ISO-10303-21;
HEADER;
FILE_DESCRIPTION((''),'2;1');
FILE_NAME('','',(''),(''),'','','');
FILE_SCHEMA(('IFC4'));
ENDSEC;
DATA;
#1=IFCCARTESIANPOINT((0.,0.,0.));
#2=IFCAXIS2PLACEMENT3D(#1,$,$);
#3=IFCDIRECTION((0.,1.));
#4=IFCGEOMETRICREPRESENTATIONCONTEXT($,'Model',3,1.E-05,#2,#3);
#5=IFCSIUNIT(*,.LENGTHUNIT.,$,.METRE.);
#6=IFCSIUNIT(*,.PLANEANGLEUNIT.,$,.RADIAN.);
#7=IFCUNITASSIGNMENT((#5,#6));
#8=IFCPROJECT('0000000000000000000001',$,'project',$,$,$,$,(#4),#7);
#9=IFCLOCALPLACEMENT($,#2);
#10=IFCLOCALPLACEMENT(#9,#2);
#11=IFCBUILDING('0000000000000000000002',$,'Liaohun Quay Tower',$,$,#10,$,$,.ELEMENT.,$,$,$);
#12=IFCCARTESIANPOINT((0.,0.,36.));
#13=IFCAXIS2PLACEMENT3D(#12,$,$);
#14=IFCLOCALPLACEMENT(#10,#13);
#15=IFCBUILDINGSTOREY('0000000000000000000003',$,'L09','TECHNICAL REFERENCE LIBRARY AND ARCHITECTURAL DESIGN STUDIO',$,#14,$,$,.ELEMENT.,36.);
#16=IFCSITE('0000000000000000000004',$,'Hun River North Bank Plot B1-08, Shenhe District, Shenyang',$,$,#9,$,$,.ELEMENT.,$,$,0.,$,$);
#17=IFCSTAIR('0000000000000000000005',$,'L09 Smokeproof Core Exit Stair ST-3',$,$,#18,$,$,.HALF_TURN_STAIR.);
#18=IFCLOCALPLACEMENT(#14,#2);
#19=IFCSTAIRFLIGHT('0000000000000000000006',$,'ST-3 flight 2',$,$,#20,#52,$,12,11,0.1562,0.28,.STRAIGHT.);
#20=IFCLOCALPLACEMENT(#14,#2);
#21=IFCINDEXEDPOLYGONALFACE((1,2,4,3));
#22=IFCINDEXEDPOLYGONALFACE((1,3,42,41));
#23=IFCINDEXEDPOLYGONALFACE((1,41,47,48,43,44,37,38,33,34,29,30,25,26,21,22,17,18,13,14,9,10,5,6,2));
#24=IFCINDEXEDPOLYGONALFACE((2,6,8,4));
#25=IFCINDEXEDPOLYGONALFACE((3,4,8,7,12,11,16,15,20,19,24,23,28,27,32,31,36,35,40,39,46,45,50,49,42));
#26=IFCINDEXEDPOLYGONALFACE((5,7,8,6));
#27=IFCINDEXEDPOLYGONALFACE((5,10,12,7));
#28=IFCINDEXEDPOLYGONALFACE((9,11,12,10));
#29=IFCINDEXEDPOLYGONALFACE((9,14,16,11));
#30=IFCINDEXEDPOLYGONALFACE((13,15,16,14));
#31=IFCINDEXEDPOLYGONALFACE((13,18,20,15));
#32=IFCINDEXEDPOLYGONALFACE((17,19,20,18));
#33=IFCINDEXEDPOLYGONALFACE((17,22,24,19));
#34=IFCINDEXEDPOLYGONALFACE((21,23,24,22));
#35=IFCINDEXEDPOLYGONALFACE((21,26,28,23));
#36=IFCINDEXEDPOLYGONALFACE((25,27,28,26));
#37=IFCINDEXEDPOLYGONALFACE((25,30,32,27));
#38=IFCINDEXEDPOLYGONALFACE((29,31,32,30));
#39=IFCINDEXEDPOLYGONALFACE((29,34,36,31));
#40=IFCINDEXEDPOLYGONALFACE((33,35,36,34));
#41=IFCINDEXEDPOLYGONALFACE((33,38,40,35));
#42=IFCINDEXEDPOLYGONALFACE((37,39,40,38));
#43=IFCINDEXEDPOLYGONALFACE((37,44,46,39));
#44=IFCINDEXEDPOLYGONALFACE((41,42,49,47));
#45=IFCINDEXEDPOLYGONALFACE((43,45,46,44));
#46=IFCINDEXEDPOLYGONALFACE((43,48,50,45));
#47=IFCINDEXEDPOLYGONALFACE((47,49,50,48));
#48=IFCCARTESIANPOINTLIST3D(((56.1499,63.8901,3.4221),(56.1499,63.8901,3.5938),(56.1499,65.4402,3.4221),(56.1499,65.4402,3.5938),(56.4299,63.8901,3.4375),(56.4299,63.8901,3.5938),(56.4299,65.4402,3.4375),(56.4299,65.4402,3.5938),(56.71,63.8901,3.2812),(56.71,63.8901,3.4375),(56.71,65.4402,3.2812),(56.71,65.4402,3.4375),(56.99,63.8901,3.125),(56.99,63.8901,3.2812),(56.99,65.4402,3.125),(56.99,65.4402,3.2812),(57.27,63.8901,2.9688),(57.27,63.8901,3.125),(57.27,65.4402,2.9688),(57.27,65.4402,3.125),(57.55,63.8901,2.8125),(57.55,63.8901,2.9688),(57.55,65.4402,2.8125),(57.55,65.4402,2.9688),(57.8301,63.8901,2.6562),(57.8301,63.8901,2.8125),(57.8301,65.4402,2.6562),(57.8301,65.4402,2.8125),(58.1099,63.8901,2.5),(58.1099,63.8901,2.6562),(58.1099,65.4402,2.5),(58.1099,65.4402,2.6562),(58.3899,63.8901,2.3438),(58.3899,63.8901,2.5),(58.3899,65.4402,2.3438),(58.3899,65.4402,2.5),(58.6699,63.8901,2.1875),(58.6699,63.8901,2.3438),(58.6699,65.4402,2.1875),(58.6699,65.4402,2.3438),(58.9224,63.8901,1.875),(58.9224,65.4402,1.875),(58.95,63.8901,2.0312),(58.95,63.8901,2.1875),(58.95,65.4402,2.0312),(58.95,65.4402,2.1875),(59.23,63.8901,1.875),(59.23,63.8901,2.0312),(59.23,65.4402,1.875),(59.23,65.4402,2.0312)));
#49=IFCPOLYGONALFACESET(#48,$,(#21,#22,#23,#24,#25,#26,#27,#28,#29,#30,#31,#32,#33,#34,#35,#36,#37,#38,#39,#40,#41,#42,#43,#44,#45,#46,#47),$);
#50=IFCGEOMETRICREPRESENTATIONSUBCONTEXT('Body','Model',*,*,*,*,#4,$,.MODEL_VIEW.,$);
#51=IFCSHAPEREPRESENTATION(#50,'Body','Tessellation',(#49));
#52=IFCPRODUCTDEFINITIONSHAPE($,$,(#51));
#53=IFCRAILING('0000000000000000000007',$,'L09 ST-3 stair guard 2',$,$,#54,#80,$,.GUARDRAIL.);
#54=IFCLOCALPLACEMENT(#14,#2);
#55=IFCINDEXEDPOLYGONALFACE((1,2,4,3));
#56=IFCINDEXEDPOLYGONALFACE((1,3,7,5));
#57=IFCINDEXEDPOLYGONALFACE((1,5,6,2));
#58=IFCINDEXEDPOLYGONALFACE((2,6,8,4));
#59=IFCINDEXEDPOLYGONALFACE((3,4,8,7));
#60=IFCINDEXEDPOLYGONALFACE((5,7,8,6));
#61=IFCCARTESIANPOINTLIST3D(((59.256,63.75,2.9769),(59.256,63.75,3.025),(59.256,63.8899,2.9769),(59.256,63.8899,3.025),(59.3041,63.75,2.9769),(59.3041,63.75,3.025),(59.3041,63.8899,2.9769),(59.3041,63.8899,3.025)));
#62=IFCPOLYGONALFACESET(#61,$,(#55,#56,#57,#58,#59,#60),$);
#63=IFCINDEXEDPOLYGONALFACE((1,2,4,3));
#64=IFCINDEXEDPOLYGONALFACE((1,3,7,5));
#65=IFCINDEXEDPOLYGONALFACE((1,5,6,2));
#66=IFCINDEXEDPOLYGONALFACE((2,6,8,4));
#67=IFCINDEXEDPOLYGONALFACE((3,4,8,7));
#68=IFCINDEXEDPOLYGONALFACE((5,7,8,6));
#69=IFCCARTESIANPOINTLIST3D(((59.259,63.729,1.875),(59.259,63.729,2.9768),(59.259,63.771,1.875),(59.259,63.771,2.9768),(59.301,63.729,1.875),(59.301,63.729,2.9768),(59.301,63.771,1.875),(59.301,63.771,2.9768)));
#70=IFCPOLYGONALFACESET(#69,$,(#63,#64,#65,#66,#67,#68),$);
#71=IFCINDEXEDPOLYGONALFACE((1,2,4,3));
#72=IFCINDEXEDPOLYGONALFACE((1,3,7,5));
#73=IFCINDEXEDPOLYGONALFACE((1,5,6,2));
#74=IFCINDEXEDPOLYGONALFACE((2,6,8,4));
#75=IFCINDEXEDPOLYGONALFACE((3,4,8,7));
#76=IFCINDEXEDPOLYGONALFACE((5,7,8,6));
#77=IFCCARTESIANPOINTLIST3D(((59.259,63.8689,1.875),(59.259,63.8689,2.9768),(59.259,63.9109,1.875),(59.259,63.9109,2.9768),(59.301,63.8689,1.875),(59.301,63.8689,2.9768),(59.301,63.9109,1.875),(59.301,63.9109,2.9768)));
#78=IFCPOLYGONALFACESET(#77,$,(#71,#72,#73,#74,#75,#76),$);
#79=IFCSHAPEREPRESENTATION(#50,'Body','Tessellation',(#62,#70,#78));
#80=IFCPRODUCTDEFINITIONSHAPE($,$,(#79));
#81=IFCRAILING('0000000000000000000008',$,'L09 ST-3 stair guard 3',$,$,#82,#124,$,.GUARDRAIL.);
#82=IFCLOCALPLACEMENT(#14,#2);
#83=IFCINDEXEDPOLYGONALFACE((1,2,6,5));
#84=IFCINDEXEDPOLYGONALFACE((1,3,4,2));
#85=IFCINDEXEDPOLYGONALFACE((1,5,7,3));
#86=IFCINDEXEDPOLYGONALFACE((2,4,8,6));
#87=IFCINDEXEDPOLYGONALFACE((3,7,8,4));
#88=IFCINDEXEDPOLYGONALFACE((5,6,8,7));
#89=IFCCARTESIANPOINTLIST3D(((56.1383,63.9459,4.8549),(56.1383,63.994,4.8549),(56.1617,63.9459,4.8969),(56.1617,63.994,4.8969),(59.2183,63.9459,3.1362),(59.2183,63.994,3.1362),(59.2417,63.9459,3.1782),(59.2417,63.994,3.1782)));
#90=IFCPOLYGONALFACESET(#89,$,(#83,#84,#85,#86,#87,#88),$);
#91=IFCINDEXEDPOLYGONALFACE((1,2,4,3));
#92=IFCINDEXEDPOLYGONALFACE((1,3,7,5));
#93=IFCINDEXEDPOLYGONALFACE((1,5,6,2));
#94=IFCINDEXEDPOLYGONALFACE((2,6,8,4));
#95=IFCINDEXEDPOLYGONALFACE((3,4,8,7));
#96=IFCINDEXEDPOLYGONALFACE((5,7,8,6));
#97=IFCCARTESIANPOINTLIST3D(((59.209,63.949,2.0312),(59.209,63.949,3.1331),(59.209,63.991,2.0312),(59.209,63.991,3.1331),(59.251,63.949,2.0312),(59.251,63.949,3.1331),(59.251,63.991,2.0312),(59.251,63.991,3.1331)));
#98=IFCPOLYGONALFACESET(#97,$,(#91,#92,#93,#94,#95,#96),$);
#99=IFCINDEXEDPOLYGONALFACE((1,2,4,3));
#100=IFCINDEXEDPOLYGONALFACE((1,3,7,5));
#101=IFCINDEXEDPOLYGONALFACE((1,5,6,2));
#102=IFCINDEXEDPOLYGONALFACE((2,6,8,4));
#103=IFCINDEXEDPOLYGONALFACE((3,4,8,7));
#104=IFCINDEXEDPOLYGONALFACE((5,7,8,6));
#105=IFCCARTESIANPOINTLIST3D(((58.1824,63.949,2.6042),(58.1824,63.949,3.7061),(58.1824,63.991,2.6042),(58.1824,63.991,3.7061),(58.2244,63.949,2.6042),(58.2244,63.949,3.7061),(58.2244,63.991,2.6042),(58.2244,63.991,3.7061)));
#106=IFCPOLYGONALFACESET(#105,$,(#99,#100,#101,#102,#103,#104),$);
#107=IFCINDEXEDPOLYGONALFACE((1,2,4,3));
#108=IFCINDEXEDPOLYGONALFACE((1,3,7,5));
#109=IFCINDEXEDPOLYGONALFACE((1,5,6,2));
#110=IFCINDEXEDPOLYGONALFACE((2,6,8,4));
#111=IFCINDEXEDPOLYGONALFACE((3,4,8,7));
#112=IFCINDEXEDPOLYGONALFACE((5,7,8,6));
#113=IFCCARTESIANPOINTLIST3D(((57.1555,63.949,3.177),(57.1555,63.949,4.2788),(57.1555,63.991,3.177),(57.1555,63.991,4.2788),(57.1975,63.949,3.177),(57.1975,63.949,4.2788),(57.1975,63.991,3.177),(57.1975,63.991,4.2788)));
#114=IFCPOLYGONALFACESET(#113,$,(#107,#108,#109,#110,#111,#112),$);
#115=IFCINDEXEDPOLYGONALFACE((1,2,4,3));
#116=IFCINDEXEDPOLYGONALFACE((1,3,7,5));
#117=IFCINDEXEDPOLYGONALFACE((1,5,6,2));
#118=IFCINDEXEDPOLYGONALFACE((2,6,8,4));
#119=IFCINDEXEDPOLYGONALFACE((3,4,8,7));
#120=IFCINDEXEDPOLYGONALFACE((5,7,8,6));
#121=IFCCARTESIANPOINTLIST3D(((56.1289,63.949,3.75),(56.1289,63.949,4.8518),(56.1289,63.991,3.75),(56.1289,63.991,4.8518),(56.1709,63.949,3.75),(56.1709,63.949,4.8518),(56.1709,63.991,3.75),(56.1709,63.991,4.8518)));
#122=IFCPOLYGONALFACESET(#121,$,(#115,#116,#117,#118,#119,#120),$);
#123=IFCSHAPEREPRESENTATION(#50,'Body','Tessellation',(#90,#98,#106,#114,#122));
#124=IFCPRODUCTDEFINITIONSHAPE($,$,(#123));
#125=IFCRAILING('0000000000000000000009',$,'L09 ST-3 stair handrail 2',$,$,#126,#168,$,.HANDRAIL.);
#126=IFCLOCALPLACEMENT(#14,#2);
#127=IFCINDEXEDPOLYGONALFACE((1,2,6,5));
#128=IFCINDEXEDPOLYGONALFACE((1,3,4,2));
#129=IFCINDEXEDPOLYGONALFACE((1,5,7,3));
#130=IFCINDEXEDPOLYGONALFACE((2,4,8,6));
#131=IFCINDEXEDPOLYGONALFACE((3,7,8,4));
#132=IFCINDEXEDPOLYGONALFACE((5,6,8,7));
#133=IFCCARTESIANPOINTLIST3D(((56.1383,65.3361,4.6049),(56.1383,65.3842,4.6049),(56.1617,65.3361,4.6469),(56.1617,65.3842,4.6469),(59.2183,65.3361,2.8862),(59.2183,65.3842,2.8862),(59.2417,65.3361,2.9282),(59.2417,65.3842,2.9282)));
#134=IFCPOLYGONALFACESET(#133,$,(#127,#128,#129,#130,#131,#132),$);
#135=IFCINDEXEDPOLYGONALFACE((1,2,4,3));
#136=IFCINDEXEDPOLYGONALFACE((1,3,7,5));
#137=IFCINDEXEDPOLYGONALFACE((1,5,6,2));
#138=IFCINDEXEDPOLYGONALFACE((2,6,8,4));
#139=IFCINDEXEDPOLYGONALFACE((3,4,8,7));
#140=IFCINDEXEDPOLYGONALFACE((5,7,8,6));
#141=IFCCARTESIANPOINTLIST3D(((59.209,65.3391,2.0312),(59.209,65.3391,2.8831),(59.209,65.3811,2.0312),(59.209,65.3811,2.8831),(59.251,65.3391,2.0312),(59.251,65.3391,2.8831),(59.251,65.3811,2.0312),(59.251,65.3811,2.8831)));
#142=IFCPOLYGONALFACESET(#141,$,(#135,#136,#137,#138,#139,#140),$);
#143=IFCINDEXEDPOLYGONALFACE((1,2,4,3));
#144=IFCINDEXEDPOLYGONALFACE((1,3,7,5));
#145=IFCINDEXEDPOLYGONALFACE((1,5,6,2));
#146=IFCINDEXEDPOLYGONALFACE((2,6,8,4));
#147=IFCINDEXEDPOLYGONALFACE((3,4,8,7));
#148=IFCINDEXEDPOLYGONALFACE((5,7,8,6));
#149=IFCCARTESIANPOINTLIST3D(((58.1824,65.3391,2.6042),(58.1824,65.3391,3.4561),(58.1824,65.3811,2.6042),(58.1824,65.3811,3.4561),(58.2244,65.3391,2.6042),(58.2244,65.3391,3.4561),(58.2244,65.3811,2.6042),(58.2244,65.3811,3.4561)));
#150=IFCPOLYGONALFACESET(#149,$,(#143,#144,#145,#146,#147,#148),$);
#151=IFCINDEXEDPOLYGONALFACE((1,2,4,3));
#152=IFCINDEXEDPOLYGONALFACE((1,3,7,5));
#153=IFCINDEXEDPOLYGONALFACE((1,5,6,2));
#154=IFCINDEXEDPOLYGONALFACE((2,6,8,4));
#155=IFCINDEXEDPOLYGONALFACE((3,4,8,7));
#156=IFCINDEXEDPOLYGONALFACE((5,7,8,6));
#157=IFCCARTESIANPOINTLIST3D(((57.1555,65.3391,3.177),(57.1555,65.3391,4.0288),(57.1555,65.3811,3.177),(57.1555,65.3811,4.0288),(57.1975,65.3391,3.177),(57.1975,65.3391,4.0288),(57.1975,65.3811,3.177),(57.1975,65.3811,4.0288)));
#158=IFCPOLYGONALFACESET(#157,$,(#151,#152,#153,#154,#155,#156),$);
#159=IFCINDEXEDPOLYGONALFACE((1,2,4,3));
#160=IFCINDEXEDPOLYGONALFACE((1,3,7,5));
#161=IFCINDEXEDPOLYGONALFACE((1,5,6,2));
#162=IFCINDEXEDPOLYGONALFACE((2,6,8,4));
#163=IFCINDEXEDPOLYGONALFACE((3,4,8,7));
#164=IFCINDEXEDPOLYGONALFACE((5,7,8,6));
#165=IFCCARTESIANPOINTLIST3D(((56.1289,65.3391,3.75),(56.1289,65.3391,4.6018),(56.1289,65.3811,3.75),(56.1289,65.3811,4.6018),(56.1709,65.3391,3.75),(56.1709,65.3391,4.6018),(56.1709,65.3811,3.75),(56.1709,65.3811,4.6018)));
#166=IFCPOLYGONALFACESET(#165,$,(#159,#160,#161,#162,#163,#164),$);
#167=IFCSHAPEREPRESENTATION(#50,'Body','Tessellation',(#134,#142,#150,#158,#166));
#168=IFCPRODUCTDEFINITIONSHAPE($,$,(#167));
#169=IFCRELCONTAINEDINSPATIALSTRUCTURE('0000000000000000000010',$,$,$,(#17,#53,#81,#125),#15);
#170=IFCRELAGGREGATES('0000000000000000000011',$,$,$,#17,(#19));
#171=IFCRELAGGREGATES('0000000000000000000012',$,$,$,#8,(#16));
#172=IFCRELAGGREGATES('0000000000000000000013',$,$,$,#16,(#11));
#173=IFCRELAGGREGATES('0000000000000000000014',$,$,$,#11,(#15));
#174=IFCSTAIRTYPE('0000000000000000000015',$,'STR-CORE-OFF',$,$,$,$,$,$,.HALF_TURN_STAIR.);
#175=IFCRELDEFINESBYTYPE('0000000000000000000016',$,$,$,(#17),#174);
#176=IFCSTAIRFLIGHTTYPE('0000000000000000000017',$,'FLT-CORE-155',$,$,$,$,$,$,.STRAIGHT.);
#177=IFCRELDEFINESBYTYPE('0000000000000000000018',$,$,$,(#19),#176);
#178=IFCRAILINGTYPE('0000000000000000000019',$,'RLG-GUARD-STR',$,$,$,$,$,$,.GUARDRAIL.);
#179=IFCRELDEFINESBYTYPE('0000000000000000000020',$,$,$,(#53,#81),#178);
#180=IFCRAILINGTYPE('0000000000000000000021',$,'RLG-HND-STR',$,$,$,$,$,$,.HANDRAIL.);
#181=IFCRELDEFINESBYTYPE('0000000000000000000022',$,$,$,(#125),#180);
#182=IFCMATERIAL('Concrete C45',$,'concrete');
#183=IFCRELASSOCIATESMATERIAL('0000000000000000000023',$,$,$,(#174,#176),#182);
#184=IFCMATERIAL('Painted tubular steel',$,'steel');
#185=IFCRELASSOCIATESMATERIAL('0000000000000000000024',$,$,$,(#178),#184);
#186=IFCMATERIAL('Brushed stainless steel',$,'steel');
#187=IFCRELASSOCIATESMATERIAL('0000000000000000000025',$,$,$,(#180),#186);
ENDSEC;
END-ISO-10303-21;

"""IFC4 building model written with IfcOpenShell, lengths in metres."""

from ifc_helpers import new_model, si_unit, direction, frame, origin, origin_2d, place, context, subcontext, project, spatial, polyline, rectangle, outline, extrude, material, type_object, element, aggregate, save


model = new_model("IFC4")

# Units and contexts
model_context = context("Model", 3, precision=1e-05, world=origin(), true_north=direction((0.0, 1.0)))
body_context = subcontext(model_context, "Body", "Model", "MODEL_VIEW")
ifc_project = project(units=[si_unit("LENGTHUNIT", "METRE"), si_unit("PLANEANGLEUNIT", "RADIAN")], contexts=[model_context])

# Site, building, storey
site_placement = place(None, origin())
site = spatial("IfcSite", under=ifc_project, at=site_placement, Name="Hun River North Bank Plot B1-08, Shenhe District, Shenyang", CompositionType="ELEMENT", RefElevation=0.0)
building_placement = place(site_placement, origin())
building = spatial("IfcBuilding", under=site, at=building_placement, Name="Liaohun Quay Tower", CompositionType="ELEMENT")
storey_placement = place(building_placement, frame((0.0, 0.0, 36.0)))
storey = spatial("IfcBuildingStorey", under=building, at=storey_placement, Name="L09", Description="TECHNICAL REFERENCE LIBRARY AND ARCHITECTURAL DESIGN STUDIO", CompositionType="ELEMENT", Elevation=36.0)

# Stair, stair flight
ifc_material_1 = material(Name="Concrete C45", Category="concrete")
stair_type = type_object("IfcStairType", Name="STR-CORE-OFF", PredefinedType="HALF_TURN_STAIR", material=ifc_material_1)
stair_placement = place(storey_placement, origin())
stair = element("IfcStair", 1, at=stair_placement, inside=storey, type_object=stair_type, Name="L09 Smokeproof Core Exit Stair ST-3", PredefinedType="HALF_TURN_STAIR")
stair_flight_type = type_object("IfcStairFlightType", Name="FLT-CORE-155", PredefinedType="STRAIGHT", material=ifc_material_1)
stair_flight_placement = place(storey_placement, frame((59.23, 64.665, 1.875), z_axis=(0.0, 0.0, 1.0), x_axis=(-1.0, 0.0, 0.0)))
stair_flight = element("IfcStairFlight", 2, at=stair_flight_placement, type_object=stair_flight_type, Name="ST-3 flight 2", NumberOfRisers=12, NumberOfTreads=11, PredefinedType="STRAIGHT", RiserHeight=0.1562, TreadLength=0.28, context=body_context, shape_type="SweptSolid", body=[
    extrude(outline(polyline([(0.0, 0.0), (0.0, 0.1562), (0.28, 0.1562), (0.28, 0.3125), (0.5601, 0.3125), (0.5601, 0.4688), (0.8401, 0.4688), (0.8401, 0.625), (1.1201, 0.625), (1.1201, 0.7812), (1.3999, 0.7812), (1.3999, 0.9375), (1.6799, 0.9375), (1.6799, 1.0938), (1.96, 1.0938), (1.96, 1.25), (2.24, 1.25), (2.24, 1.4062), (2.52, 1.4062), (2.52, 1.5625), (2.8, 1.5625), (2.8, 1.7188), (3.0801, 1.7188), (3.0801, 1.875), (3.0801, 1.5471), (0.3076, 0.0), (0.0, 0.0)])), frame((0.0, 0.7749, 0.0), z_axis=(0.0, -1.0, 0.0), x_axis=(1.0, 0.0, 0.0)), (0.0, 0.0, 1.0), 1.55),
])
aggregate(stair, [stair_flight])

# Railings
ifc_material_2 = material(Name="Painted tubular steel", Category="steel")
railing_type_1 = type_object("IfcRailingType", Name="RLG-GUARD-STR", PredefinedType="GUARDRAIL", material=ifc_material_2)
railing_1_placement = place(storey_placement, frame((59.28, 63.75, 1.875)))
element("IfcRailing", 3, at=railing_1_placement, inside=storey, type_object=railing_type_1, Name="L09 ST-3 stair guard 2", PredefinedType="GUARDRAIL", context=body_context, shape_type="SweptSolid", body=[
    extrude(rectangle(XDim=0.0481, YDim=0.0481, at=origin_2d()), frame((0.0, 0.0, 1.126), z_axis=(0.0, 1.0, 0.0), x_axis=(-1.0, 0.0, 0.0)), (0.0, 0.0, 1.0), 0.1399),
    extrude(rectangle(XDim=0.042, YDim=0.042, at=origin_2d()), origin(), (0.0, 0.0, 1.0), 1.1018),
    extrude(rectangle(XDim=0.042, YDim=0.042, at=origin_2d()), frame((0.0, 0.1399, 0.0)), (0.0, 0.0, 1.0), 1.1018),
])
railing_2_placement = place(storey_placement, frame((59.23, 63.97, 2.0312)))
element("IfcRailing", 4, at=railing_2_placement, inside=storey, type_object=railing_type_1, Name="L09 ST-3 stair guard 3", PredefinedType="GUARDRAIL", context=body_context, shape_type="SweptSolid", body=[
    extrude(rectangle(XDim=0.0481, YDim=0.0481, at=origin_2d()), frame((0.0, 0.0, 1.126), z_axis=(-0.873242, 0.0, 0.487288), x_axis=(0.0, -1.0, 0.0)), (0.0, 0.0, 1.0), 3.5271),
    extrude(rectangle(XDim=0.042, YDim=0.042, at=origin_2d()), origin(), (0.0, 0.0, 1.0), 1.1018),
    extrude(rectangle(XDim=0.042, YDim=0.042, at=origin_2d()), frame((-1.0266, 0.0, 0.573)), (0.0, 0.0, 1.0), 1.1018),
    extrude(rectangle(XDim=0.042, YDim=0.042, at=origin_2d()), frame((-2.0535, 0.0, 1.1458)), (0.0, 0.0, 1.0), 1.1018),
    extrude(rectangle(XDim=0.042, YDim=0.042, at=origin_2d()), frame((-3.0801, 0.0, 1.7188)), (0.0, 0.0, 1.0), 1.1018),
])
ifc_material_3 = material(Name="Brushed stainless steel", Category="steel")
railing_type_2 = type_object("IfcRailingType", Name="RLG-HND-STR", PredefinedType="HANDRAIL", material=ifc_material_3)
railing_3_placement = place(storey_placement, frame((59.23, 65.3601, 2.0312)))
element("IfcRailing", 5, at=railing_3_placement, inside=storey, type_object=railing_type_2, Name="L09 ST-3 stair handrail 2", PredefinedType="HANDRAIL", context=body_context, shape_type="SweptSolid", body=[
    extrude(rectangle(XDim=0.0481, YDim=0.0481, at=origin_2d()), frame((0.0, 0.0, 0.876), z_axis=(-0.873242, 0.0, 0.487288), x_axis=(0.0, -1.0, 0.0)), (0.0, 0.0, 1.0), 3.5271),
    extrude(rectangle(XDim=0.042, YDim=0.042, at=origin_2d()), origin(), (0.0, 0.0, 1.0), 0.8518),
    extrude(rectangle(XDim=0.042, YDim=0.042, at=origin_2d()), frame((-1.0266, 0.0, 0.573)), (0.0, 0.0, 1.0), 0.8518),
    extrude(rectangle(XDim=0.042, YDim=0.042, at=origin_2d()), frame((-2.0535, 0.0, 1.1458)), (0.0, 0.0, 1.0), 0.8518),
    extrude(rectangle(XDim=0.042, YDim=0.042, at=origin_2d()), frame((-3.0801, 0.0, 1.7188)), (0.0, 0.0, 1.0), 0.8518),
])

save(model, "model.ifc")
